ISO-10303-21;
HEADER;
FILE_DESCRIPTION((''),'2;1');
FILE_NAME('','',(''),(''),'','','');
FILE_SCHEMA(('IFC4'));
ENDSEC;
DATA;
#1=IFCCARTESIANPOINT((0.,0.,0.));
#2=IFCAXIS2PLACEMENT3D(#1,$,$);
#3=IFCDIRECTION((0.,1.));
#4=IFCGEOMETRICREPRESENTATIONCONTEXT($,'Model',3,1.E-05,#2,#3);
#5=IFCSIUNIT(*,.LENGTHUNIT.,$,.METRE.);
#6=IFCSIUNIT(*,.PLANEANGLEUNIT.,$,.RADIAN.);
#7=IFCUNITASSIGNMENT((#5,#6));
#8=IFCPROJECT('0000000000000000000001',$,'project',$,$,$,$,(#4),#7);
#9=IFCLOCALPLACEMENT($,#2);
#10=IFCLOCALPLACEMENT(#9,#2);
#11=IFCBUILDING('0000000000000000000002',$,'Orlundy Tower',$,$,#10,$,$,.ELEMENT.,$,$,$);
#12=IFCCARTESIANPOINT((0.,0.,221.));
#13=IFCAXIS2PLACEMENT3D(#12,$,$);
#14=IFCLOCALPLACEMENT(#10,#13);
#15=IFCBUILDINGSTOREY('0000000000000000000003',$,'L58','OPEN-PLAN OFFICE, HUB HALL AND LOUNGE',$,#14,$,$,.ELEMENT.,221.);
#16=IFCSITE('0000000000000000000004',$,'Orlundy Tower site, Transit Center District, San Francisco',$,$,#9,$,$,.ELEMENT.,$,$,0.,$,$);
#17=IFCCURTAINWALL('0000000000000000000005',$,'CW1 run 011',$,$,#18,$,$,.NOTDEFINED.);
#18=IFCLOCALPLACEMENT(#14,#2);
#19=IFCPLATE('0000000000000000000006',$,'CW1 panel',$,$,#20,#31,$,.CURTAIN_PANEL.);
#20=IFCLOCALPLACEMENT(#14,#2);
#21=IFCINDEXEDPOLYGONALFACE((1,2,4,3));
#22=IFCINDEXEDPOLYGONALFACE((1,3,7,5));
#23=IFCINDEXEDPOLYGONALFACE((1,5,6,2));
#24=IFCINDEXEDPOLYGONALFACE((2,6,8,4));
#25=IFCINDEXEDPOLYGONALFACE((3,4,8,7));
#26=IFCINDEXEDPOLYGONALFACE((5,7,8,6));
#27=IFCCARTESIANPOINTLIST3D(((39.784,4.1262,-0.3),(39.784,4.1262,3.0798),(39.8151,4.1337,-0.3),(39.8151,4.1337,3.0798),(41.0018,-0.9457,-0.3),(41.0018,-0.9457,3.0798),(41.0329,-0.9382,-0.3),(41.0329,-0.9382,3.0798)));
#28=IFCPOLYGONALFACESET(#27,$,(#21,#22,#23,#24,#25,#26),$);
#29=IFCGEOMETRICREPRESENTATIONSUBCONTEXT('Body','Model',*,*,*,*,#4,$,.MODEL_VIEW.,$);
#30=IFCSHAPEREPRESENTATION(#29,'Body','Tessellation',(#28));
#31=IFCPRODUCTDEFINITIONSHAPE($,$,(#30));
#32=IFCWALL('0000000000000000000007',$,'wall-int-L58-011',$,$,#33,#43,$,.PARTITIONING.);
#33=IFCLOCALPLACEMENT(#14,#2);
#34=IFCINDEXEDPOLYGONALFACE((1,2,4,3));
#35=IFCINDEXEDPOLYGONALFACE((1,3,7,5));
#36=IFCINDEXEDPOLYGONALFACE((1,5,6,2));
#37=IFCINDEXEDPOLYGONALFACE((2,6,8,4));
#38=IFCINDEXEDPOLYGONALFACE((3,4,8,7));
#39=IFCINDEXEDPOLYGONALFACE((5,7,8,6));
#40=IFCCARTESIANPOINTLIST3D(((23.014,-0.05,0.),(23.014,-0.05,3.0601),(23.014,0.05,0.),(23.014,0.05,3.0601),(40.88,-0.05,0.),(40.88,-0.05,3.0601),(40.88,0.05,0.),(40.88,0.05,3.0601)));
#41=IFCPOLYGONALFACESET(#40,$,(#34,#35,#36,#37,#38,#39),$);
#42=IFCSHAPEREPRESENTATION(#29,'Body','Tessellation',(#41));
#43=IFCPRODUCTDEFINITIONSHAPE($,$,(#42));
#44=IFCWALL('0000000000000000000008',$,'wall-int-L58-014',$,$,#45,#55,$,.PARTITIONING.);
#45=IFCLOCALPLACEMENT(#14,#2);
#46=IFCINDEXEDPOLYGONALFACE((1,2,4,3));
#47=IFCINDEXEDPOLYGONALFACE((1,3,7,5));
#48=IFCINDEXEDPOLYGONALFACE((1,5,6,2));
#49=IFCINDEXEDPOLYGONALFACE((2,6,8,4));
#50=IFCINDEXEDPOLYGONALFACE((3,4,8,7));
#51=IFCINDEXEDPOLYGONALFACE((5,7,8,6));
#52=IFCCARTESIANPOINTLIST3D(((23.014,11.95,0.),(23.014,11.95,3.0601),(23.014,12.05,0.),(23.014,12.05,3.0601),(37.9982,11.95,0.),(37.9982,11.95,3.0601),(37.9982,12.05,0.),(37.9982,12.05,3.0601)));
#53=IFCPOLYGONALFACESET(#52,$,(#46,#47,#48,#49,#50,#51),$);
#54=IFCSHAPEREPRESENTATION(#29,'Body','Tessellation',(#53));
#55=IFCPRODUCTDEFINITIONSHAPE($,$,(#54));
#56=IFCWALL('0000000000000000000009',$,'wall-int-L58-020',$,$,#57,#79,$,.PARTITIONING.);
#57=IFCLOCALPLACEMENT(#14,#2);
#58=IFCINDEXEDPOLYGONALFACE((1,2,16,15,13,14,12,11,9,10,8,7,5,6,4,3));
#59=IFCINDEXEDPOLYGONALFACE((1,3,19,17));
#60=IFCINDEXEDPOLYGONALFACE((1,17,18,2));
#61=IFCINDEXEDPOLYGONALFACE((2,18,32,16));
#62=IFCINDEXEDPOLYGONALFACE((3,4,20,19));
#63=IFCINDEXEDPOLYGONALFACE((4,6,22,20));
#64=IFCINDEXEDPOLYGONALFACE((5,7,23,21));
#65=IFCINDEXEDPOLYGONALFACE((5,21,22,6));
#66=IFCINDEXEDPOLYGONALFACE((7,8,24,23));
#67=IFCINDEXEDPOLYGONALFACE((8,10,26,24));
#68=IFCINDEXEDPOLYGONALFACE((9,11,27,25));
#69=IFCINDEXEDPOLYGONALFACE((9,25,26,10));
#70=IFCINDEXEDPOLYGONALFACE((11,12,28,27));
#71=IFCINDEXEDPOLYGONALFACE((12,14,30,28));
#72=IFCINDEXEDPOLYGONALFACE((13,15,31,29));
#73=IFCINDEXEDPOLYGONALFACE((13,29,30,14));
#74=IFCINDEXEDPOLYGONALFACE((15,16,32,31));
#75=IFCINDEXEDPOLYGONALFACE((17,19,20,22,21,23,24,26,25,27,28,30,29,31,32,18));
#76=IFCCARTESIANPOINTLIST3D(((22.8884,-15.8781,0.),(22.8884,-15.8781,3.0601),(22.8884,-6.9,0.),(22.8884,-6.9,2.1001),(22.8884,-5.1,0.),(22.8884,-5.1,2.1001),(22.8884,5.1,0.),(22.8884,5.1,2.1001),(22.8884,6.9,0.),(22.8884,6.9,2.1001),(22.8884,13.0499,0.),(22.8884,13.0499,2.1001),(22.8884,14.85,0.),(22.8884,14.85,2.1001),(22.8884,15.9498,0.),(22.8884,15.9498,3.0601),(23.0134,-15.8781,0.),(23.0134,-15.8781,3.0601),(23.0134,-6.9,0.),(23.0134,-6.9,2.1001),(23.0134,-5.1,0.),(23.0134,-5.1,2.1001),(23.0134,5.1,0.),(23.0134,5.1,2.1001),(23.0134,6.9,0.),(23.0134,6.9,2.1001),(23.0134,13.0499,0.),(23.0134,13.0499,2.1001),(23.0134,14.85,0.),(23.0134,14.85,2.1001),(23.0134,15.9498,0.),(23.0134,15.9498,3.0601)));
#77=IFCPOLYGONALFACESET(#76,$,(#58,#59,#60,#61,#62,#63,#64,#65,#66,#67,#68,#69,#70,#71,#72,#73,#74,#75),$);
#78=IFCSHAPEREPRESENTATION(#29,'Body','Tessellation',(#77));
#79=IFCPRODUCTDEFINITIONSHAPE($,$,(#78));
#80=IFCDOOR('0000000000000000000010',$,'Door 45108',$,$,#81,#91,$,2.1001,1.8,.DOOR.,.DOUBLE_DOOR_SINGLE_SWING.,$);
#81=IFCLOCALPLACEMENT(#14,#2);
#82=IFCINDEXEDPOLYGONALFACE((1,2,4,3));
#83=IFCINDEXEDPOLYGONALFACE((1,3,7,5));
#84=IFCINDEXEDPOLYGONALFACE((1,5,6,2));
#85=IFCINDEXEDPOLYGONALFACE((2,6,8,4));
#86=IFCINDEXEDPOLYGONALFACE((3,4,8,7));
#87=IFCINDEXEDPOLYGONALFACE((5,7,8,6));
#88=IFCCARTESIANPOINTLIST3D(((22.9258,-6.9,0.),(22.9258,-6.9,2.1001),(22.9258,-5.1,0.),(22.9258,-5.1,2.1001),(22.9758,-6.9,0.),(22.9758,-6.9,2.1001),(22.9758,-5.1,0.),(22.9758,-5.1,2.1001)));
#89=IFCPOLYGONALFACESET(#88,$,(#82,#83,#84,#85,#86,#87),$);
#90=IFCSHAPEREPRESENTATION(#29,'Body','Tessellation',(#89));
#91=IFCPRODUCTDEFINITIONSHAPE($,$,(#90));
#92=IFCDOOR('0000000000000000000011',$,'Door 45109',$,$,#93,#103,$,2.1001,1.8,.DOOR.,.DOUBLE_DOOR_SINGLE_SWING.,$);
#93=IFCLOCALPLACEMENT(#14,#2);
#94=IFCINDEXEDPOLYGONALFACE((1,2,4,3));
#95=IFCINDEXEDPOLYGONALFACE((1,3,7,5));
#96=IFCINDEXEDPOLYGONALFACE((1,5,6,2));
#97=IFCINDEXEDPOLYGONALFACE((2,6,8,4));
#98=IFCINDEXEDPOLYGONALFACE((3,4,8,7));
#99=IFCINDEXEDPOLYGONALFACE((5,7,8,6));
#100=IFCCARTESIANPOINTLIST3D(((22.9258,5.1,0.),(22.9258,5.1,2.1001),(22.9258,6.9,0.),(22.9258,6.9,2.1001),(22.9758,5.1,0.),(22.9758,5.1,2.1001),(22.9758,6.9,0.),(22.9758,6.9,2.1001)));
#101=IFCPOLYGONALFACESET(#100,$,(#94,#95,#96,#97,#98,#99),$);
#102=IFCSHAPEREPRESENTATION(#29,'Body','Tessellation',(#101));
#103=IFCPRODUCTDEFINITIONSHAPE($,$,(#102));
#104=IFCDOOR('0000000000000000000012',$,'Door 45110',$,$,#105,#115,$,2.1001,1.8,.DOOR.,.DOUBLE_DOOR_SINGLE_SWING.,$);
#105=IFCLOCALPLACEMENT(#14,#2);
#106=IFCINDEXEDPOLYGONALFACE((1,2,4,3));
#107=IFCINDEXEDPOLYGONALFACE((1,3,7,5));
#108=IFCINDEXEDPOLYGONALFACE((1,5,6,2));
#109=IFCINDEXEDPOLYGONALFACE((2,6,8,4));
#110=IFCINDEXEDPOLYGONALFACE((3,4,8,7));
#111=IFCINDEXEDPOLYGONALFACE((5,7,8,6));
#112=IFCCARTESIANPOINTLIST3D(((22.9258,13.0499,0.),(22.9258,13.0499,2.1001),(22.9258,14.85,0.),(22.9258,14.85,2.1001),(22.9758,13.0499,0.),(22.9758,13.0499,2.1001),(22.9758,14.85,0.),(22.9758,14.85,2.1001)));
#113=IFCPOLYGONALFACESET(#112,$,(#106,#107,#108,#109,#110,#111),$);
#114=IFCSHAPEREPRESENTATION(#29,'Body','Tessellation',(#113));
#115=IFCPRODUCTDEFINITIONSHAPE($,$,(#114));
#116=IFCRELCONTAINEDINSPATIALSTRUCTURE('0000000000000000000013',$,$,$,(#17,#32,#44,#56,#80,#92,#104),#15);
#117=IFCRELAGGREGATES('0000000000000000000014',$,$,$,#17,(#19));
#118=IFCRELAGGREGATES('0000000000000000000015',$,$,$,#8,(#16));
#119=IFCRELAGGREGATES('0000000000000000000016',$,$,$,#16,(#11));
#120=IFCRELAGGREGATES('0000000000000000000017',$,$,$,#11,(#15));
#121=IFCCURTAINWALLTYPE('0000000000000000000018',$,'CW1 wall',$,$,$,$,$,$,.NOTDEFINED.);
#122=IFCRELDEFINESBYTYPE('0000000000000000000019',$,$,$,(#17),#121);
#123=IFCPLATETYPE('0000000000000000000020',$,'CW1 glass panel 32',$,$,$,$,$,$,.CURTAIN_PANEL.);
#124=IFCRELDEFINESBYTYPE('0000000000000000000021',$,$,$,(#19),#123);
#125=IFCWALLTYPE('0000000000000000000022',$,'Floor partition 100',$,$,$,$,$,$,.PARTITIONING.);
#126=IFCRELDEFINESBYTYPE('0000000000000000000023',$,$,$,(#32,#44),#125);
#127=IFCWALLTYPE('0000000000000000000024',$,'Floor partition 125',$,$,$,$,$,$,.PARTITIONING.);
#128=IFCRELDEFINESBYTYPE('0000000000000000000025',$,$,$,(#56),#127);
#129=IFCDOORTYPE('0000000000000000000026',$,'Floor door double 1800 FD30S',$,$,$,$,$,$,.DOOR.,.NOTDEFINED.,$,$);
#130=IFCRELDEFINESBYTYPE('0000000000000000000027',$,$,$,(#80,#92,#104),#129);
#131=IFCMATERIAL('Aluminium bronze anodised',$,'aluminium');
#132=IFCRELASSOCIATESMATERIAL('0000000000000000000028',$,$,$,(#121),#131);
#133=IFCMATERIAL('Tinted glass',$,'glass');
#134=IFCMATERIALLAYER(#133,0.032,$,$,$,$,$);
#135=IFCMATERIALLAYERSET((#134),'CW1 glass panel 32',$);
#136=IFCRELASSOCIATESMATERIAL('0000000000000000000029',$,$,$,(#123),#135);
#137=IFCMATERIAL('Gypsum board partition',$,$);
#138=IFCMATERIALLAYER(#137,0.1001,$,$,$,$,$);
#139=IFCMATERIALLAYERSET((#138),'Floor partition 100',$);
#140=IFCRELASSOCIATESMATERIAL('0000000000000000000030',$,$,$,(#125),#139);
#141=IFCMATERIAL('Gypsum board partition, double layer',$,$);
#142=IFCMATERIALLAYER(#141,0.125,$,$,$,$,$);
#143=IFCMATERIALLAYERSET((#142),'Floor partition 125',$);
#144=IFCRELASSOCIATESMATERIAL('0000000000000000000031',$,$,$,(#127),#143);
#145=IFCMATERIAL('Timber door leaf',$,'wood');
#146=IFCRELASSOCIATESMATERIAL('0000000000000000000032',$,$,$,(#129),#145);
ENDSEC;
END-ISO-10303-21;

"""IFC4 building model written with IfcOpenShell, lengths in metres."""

from ifc_helpers import new_model, si_unit, direction, frame, frame_2d, origin, origin_2d, place, context, subcontext, project, spatial, rectangle, extrude, material, layer, layer_set, type_object, element, fill, aggregate, save


model = new_model("IFC4")

# Units and contexts
model_context = context("Model", 3, precision=1e-05, world=origin(), true_north=direction((0.0, 1.0)))
body_context = subcontext(model_context, "Body", "Model", "MODEL_VIEW")
ifc_project = project(units=[si_unit("LENGTHUNIT", "METRE"), si_unit("PLANEANGLEUNIT", "RADIAN")], contexts=[model_context])

# Site, building, storey
site_placement = place(None, origin())
site = spatial("IfcSite", under=ifc_project, at=site_placement, Name="Orlundy Tower site, Transit Center District, San Francisco", CompositionType="ELEMENT", RefElevation=0.0)
building_placement = place(site_placement, origin())
building = spatial("IfcBuilding", under=site, at=building_placement, Name="Orlundy Tower", CompositionType="ELEMENT")
storey_placement = place(building_placement, frame((0.0, 0.0, 221.0)))
storey = spatial("IfcBuildingStorey", under=building, at=storey_placement, Name="L58", Description="OPEN-PLAN OFFICE, HUB HALL AND LOUNGE", CompositionType="ELEMENT", Elevation=221.0)

# Curtain wall
ifc_material_1 = material(Name="Aluminium bronze anodised", Category="aluminium")
curtain_wall_type = type_object("IfcCurtainWallType", Name="CW1 wall", PredefinedType="NOTDEFINED", material=ifc_material_1)
curtain_wall_1_placement = place(storey_placement, origin())
curtain_wall_1 = element("IfcCurtainWall", 1, at=curtain_wall_1_placement, inside=storey, type_object=curtain_wall_type, Name="CW1 run 011", PredefinedType="NOTDEFINED")

# Plate
ifc_material_2 = material(Name="Tinted glass", Category="glass")
ifc_layer_1 = layer(ifc_material_2, 0.032)
ifc_layer_set_1 = layer_set([ifc_layer_1], Name="CW1 glass panel 32")
plate_type = type_object("IfcPlateType", Name="CW1 glass panel 32", PredefinedType="CURTAIN_PANEL", material=ifc_layer_set_1)
plate_1_placement = place(storey_placement, frame((40.4084, 1.594, -0.3), z_axis=(0.0, 0.0, 1.0), x_axis=(0.233472, -0.972364, 0.0)))
plate_1 = element("IfcPlate", 2, at=plate_1_placement, type_object=plate_type, Name="CW1 panel", PredefinedType="CURTAIN_PANEL", context=body_context, shape_type="SweptSolid", body=[
    extrude(rectangle(XDim=5.2161, YDim=0.032, at=origin_2d()), origin(), (0.0, 0.0, 1.0), 3.3799),
])
aggregate(curtain_wall_1, [plate_1])

# Walls
ifc_material_3 = material(Name="Gypsum board partition")
ifc_layer_2 = layer(ifc_material_3, 0.1001)
ifc_layer_set_2 = layer_set([ifc_layer_2], Name="Floor partition 100")
wall_type_1 = type_object("IfcWallType", Name="Floor partition 100", PredefinedType="PARTITIONING", material=ifc_layer_set_2)
wall_1_placement = place(storey_placement, frame((23.0139, 0.0, 0.0), z_axis=(0.0, 0.0, 1.0), x_axis=(1.0, 0.0, 0.0)))
element("IfcWall", 3, at=wall_1_placement, inside=storey, type_object=wall_type_1, Name="wall-int-L58-011", PredefinedType="PARTITIONING", context=body_context, shape_type="SweptSolid", body=[
    extrude(rectangle(XDim=17.866, YDim=0.1001, at=frame_2d((8.9331, 0.0))), origin(), (0.0, 0.0, 1.0), 3.0601),
])
wall_2_placement = place(storey_placement, frame((23.0139, 12.0, 0.0), z_axis=(0.0, 0.0, 1.0), x_axis=(1.0, 0.0, 0.0)))
element("IfcWall", 4, at=wall_2_placement, inside=storey, type_object=wall_type_1, Name="wall-int-L58-014", PredefinedType="PARTITIONING", context=body_context, shape_type="SweptSolid", body=[
    extrude(rectangle(XDim=14.9841, YDim=0.1001, at=frame_2d((7.4922, 0.0))), origin(), (0.0, 0.0, 1.0), 3.0601),
])

# Wall, openings, doors
ifc_material_4 = material(Name="Gypsum board partition, double layer")
ifc_layer_3 = layer(ifc_material_4, 0.125)
ifc_layer_set_3 = layer_set([ifc_layer_3], Name="Floor partition 125")
wall_type_2 = type_object("IfcWallType", Name="Floor partition 125", PredefinedType="PARTITIONING", material=ifc_layer_set_3)
wall_3_placement = place(storey_placement, frame((22.9509, 15.95, 0.0), z_axis=(0.0, 0.0, 1.0), x_axis=(0.0, -1.0, 0.0)))
wall_3 = element("IfcWall", 5, at=wall_3_placement, inside=storey, type_object=wall_type_2, Name="wall-int-L58-020", PredefinedType="PARTITIONING", context=body_context, shape_type="SweptSolid", body=[
    extrude(rectangle(XDim=31.8279, YDim=0.125, at=frame_2d((15.9141, 0.0))), origin(), (0.0, 0.0, 1.0), 3.0601),
])
opening_1_placement = place(wall_3_placement, frame((21.05, 0.0, 0.0)))
opening_1 = element("IfcOpeningElement", 6, at=opening_1_placement, cuts=wall_3, PredefinedType="OPENING", context=body_context, shape_type="SweptSolid", body=[
    extrude(rectangle(XDim=1.8, YDim=2.1001, at=frame_2d((0.8999, 1.05))), frame((0.0, 0.0725, 0.0), z_axis=(0.0, -1.0, 0.0), x_axis=(1.0, 0.0, 0.0)), (0.0, 0.0, 1.0), 0.145),
])
opening_2_placement = place(wall_3_placement, frame((9.05, 0.0, 0.0)))
opening_2 = element("IfcOpeningElement", 7, at=opening_2_placement, cuts=wall_3, PredefinedType="OPENING", context=body_context, shape_type="SweptSolid", body=[
    extrude(rectangle(XDim=1.8, YDim=2.1001, at=frame_2d((0.8999, 1.05))), frame((0.0, 0.0725, 0.0), z_axis=(0.0, -1.0, 0.0), x_axis=(1.0, 0.0, 0.0)), (0.0, 0.0, 1.0), 0.145),
])
opening_3_placement = place(wall_3_placement, frame((1.1001, 0.0, 0.0)))
opening_3 = element("IfcOpeningElement", 8, at=opening_3_placement, cuts=wall_3, PredefinedType="OPENING", context=body_context, shape_type="SweptSolid", body=[
    extrude(rectangle(XDim=1.8, YDim=2.1001, at=frame_2d((0.8999, 1.05))), frame((0.0, 0.0725, 0.0), z_axis=(0.0, -1.0, 0.0), x_axis=(1.0, 0.0, 0.0)), (0.0, 0.0, 1.0), 0.145),
])
ifc_material_5 = material(Name="Timber door leaf", Category="wood")
door_type = type_object("IfcDoorType", Name="Floor door double 1800 FD30S", OperationType="NOTDEFINED", PredefinedType="DOOR", material=ifc_material_5)
door_1_placement = place(opening_1_placement, origin())
door_1 = element("IfcDoor", 9, at=door_1_placement, inside=storey, type_object=door_type, Name="Door 45108", OperationType="DOUBLE_DOOR_SINGLE_SWING", OverallHeight=2.1001, OverallWidth=1.8, PredefinedType="DOOR", context=body_context, shape_type="SweptSolid", body=[
    extrude(rectangle(XDim=1.8, YDim=2.1001, at=frame_2d((0.8999, 1.05))), frame((0.0, 0.0249, 0.0), z_axis=(0.0, -1.0, 0.0), x_axis=(1.0, 0.0, 0.0)), (0.0, 0.0, 1.0), 0.05),
])
fill(opening_1, door_1)
door_2_placement = place(opening_2_placement, origin())
door_2 = element("IfcDoor", 10, at=door_2_placement, inside=storey, type_object=door_type, Name="Door 45109", OperationType="DOUBLE_DOOR_SINGLE_SWING", OverallHeight=2.1001, OverallWidth=1.8, PredefinedType="DOOR", context=body_context, shape_type="SweptSolid", body=[
    extrude(rectangle(XDim=1.8, YDim=2.1001, at=frame_2d((0.8999, 1.05))), frame((0.0, 0.0249, 0.0), z_axis=(0.0, -1.0, 0.0), x_axis=(1.0, 0.0, 0.0)), (0.0, 0.0, 1.0), 0.05),
])
fill(opening_2, door_2)
door_3_placement = place(opening_3_placement, origin())
door_3 = element("IfcDoor", 11, at=door_3_placement, inside=storey, type_object=door_type, Name="Door 45110", OperationType="DOUBLE_DOOR_SINGLE_SWING", OverallHeight=2.1001, OverallWidth=1.8, PredefinedType="DOOR", context=body_context, shape_type="SweptSolid", body=[
    extrude(rectangle(XDim=1.8, YDim=2.1001, at=frame_2d((0.8999, 1.05))), frame((0.0, 0.0249, 0.0), z_axis=(0.0, -1.0, 0.0), x_axis=(1.0, 0.0, 0.0)), (0.0, 0.0, 1.0), 0.05),
])
fill(opening_3, door_3)

save(model, "model.ifc")
